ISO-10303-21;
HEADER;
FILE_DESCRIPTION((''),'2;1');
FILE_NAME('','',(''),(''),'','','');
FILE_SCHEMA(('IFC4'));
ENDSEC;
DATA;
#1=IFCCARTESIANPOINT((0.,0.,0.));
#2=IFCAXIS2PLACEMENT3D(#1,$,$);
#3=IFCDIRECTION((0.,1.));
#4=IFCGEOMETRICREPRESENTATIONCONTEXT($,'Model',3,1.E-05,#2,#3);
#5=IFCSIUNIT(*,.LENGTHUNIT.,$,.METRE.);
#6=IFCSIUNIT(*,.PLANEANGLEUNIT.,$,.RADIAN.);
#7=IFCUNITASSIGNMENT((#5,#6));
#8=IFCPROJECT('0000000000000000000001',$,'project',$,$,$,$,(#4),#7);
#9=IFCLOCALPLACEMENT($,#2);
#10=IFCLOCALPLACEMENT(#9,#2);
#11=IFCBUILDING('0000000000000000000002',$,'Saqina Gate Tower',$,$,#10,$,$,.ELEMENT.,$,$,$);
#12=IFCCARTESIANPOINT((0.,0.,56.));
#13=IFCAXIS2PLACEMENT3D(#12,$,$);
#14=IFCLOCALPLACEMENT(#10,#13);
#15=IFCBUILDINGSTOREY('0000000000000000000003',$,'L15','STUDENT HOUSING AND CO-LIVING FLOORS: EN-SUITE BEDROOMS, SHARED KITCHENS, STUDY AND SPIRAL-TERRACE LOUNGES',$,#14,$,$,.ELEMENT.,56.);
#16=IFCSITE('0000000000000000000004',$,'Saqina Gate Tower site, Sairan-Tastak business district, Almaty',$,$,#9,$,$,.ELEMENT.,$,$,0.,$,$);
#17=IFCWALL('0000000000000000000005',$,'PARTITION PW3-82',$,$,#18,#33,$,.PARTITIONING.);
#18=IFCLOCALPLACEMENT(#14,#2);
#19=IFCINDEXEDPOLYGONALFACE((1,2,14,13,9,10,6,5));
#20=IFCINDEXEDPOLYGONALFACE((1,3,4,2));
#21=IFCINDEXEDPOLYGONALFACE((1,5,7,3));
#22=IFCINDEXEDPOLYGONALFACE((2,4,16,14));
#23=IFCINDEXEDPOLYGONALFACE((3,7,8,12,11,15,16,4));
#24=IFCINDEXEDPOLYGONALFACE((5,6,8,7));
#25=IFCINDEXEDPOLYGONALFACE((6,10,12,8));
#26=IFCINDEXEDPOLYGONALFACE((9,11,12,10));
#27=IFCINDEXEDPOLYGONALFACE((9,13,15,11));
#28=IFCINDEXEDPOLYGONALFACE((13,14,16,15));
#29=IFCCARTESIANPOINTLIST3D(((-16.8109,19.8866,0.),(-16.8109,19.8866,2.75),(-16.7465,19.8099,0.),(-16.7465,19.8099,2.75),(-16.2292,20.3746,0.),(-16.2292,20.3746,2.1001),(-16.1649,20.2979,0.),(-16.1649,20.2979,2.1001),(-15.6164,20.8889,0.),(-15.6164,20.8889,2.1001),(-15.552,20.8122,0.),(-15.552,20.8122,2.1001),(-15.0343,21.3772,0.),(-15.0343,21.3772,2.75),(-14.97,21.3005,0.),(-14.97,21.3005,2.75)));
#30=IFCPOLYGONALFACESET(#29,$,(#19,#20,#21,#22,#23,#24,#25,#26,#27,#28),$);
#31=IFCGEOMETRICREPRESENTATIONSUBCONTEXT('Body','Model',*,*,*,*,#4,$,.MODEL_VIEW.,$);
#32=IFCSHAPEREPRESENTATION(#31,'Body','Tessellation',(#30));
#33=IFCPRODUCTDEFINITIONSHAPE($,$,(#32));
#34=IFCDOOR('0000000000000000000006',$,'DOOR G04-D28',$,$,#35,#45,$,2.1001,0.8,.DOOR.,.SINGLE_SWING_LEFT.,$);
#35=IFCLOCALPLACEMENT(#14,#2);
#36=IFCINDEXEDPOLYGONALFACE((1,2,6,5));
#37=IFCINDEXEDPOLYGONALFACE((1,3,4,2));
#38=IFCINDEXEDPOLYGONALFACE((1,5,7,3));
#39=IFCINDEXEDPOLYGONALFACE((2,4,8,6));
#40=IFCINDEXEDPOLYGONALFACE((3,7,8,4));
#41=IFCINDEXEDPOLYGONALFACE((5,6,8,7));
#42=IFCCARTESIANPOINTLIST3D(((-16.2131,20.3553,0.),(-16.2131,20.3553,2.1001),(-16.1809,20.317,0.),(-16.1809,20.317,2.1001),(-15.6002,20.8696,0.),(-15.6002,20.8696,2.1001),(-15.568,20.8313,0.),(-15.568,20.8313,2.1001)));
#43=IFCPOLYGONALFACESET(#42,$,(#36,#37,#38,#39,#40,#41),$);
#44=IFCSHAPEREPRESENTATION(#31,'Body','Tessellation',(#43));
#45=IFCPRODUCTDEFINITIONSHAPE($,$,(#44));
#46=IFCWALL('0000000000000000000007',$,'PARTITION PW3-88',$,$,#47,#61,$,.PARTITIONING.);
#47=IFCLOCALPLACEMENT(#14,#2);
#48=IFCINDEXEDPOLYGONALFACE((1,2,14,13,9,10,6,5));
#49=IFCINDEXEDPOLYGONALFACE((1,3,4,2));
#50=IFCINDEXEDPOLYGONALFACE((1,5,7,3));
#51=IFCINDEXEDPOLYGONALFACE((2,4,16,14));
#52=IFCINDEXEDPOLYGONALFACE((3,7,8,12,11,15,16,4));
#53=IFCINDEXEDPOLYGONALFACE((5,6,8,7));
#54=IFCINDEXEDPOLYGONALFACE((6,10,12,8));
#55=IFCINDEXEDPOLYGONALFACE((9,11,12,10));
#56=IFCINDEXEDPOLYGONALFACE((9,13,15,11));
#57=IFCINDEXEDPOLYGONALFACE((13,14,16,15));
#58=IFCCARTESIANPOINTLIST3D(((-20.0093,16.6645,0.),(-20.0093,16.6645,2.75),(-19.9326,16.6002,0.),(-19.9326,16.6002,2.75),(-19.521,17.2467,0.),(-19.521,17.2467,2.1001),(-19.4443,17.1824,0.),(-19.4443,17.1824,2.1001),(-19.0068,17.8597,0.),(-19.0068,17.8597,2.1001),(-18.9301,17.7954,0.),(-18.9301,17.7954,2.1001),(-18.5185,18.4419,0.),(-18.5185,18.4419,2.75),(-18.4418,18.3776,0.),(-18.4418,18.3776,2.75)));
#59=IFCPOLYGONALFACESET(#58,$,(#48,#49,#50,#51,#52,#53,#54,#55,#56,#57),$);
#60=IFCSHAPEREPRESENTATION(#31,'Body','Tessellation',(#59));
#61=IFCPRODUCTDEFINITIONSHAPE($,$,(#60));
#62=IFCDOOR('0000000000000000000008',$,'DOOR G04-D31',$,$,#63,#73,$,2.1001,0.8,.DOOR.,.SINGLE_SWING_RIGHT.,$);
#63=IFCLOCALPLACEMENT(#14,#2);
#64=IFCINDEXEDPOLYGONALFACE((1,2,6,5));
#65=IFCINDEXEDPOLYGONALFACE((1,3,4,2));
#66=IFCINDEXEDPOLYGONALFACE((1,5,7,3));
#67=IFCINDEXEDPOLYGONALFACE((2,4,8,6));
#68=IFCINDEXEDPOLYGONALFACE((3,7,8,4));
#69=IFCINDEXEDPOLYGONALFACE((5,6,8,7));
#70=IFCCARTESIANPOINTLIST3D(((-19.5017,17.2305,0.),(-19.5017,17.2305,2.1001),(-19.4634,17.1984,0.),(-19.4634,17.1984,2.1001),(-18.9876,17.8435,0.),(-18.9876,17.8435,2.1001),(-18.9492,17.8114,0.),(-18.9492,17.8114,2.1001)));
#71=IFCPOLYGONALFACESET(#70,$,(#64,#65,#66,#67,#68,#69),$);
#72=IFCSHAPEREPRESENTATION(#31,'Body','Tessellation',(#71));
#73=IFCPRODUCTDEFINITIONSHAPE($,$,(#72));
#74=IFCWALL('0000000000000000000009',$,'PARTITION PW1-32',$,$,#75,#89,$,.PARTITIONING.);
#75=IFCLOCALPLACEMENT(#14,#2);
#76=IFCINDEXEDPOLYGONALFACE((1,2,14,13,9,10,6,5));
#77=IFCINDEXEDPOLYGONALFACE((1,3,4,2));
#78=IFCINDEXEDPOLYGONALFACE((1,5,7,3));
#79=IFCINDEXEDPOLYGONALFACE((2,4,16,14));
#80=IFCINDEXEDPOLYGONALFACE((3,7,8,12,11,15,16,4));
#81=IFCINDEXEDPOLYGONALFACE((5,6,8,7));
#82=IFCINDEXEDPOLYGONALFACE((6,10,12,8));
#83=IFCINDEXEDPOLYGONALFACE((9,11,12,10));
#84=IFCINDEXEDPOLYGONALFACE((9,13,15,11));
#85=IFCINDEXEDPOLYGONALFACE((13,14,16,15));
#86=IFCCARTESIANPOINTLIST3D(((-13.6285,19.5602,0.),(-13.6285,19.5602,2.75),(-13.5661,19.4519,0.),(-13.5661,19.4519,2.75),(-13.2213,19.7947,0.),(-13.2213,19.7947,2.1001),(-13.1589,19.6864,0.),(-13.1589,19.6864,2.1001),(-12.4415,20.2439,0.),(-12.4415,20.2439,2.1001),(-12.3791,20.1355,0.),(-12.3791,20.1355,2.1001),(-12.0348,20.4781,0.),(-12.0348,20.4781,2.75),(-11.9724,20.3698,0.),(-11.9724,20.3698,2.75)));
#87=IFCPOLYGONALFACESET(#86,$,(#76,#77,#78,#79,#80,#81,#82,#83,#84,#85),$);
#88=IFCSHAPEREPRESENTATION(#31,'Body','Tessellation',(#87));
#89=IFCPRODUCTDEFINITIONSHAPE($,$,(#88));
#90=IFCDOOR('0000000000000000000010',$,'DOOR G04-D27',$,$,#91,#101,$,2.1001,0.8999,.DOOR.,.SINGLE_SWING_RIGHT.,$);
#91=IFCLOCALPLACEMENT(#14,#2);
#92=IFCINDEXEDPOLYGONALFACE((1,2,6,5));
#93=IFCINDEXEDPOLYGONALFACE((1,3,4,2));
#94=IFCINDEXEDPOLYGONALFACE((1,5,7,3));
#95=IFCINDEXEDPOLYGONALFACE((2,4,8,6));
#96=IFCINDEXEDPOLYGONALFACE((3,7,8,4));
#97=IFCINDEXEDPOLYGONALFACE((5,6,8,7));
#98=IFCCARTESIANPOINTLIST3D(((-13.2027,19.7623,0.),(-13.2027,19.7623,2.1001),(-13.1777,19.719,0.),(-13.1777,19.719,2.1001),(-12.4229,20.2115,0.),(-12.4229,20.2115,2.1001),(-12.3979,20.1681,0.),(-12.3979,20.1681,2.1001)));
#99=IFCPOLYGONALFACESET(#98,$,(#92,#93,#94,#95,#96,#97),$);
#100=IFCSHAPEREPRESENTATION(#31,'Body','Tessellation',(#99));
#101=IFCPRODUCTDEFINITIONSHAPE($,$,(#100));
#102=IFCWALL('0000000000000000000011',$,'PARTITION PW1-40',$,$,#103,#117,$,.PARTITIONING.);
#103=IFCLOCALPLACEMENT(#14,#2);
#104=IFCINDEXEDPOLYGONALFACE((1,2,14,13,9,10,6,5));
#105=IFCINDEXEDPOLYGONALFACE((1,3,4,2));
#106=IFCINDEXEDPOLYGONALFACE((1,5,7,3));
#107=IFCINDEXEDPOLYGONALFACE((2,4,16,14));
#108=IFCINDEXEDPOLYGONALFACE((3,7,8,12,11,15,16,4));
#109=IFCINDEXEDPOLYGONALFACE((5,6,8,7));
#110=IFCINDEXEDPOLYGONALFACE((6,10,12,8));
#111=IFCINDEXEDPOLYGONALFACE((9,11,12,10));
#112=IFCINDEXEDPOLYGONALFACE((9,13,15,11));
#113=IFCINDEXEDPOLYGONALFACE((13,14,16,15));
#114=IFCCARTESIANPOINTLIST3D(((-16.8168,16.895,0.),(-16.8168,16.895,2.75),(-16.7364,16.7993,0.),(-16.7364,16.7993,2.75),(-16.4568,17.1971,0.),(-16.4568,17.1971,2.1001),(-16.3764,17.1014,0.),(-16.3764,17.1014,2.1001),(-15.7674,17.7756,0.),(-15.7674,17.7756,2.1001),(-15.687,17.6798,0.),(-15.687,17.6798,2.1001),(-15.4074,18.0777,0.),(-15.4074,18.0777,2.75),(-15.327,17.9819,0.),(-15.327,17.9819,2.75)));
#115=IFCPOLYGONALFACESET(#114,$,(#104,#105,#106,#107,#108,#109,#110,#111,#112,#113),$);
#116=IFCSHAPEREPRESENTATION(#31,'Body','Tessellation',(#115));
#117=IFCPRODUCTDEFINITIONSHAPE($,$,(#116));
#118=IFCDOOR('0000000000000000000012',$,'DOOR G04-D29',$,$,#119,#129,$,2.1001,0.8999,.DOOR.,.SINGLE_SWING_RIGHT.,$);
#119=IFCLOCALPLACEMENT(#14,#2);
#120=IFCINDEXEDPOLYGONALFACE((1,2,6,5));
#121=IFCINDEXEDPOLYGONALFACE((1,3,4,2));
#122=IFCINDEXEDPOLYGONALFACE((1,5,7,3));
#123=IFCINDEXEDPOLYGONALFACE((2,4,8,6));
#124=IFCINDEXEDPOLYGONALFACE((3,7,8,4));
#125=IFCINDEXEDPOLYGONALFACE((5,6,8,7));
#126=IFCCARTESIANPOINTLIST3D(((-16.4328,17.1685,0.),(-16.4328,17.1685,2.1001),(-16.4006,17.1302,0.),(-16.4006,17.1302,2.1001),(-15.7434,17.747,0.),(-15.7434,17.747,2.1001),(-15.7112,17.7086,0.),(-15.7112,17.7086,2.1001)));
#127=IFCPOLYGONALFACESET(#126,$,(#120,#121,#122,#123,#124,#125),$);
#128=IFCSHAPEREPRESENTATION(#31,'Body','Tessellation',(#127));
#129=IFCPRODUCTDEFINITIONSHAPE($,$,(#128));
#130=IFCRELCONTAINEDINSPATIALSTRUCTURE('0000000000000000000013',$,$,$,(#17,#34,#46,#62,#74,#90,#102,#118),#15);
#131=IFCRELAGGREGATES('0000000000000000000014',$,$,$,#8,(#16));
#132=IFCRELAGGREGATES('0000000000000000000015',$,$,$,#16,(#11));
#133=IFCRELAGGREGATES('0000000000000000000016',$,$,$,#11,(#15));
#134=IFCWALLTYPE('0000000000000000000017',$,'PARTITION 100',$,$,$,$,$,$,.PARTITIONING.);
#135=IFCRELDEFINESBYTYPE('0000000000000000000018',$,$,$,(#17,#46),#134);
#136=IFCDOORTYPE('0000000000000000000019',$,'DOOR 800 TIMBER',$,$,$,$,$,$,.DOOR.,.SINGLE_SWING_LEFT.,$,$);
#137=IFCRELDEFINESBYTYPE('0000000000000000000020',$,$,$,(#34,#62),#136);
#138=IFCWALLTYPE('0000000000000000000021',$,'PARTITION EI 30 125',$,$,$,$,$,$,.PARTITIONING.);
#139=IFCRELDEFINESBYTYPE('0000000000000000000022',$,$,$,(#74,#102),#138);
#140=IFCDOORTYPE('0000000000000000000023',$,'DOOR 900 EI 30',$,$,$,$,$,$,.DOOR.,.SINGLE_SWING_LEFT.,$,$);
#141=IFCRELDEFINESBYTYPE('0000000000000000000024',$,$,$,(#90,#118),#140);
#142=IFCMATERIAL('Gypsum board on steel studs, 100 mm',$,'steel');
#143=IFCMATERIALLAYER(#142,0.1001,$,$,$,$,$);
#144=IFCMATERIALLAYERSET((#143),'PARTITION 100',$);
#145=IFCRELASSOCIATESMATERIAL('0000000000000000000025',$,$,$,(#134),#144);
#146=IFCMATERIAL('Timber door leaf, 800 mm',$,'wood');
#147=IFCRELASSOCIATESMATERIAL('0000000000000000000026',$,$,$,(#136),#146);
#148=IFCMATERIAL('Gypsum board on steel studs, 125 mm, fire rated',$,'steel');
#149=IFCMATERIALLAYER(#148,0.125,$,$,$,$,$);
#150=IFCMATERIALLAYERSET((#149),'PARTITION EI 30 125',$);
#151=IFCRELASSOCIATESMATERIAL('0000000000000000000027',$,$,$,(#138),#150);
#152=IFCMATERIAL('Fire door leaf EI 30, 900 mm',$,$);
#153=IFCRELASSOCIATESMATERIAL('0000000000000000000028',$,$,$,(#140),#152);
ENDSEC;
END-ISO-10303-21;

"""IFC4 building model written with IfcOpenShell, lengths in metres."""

from ifc_helpers import new_model, si_unit, direction, frame, frame_2d, origin, place, context, subcontext, project, spatial, rectangle, extrude, material, layer, layer_set, type_object, element, fill, save


model = new_model("IFC4")

# Units and contexts
model_context = context("Model", 3, precision=1e-05, world=origin(), true_north=direction((0.0, 1.0)))
body_context = subcontext(model_context, "Body", "Model", "MODEL_VIEW")
ifc_project = project(units=[si_unit("LENGTHUNIT", "METRE"), si_unit("PLANEANGLEUNIT", "RADIAN")], contexts=[model_context])

# Site, building, storey
site_placement = place(None, origin())
site = spatial("IfcSite", under=ifc_project, at=site_placement, Name="Saqina Gate Tower site, Sairan-Tastak business district, Almaty", CompositionType="ELEMENT", RefElevation=0.0)
building_placement = place(site_placement, origin())
building = spatial("IfcBuilding", under=site, at=building_placement, Name="Saqina Gate Tower", CompositionType="ELEMENT")
storey_placement = place(building_placement, frame((0.0, 0.0, 56.0)))
storey = spatial("IfcBuildingStorey", under=building, at=storey_placement, Name="L15", Description="STUDENT HOUSING AND CO-LIVING FLOORS: EN-SUITE BEDROOMS, SHARED KITCHENS, STUDY AND SPIRAL-TERRACE LOUNGES", CompositionType="ELEMENT", Elevation=56.0)

# Shared definitions
ifc_material_1 = material(Name="Gypsum board on steel studs, 100 mm", Category="steel")
ifc_layer_1 = layer(ifc_material_1, 0.1001)
ifc_layer_set_1 = layer_set([ifc_layer_1], Name="PARTITION 100")
wall_type_1 = type_object("IfcWallType", Name="PARTITION 100", PredefinedType="PARTITIONING", material=ifc_layer_set_1)

# Walls, openings, doors
wall_1_placement = place(storey_placement, frame((-16.7788, 19.8481, 0.0), z_axis=(0.0, 0.0, 1.0), x_axis=(0.766051, 0.64278, 0.0)))
wall_1 = element("IfcWall", 1, at=wall_1_placement, inside=storey, type_object=wall_type_1, Name="PARTITION PW3-82", PredefinedType="PARTITIONING", context=body_context, shape_type="SweptSolid", body=[
    extrude(rectangle(XDim=2.3191, YDim=0.1001, at=frame_2d((1.1597, 0.0))), origin(), (0.0, 0.0, 1.0), 2.75),
])
opening_1_placement = place(wall_1_placement, frame((0.7595, 0.0, 0.0)))
opening_1 = element("IfcOpeningElement", 2, at=opening_1_placement, cuts=wall_1, PredefinedType="OPENING", context=body_context, shape_type="SweptSolid", body=[
    extrude(rectangle(XDim=0.8, YDim=2.1001, at=frame_2d((0.3999, 1.05))), frame((0.0, 0.062, 0.0), z_axis=(0.0, -1.0, 0.0), x_axis=(1.0, 0.0, 0.0)), (0.0, 0.0, 1.0), 0.124),
])
ifc_material_2 = material(Name="Timber door leaf, 800 mm", Category="wood")
door_type_1 = type_object("IfcDoorType", Name="DOOR 800 TIMBER", OperationType="SINGLE_SWING_LEFT", PredefinedType="DOOR", material=ifc_material_2)
door_1_placement = place(opening_1_placement, origin())
door_1 = element("IfcDoor", 3, at=door_1_placement, inside=storey, type_object=door_type_1, Name="DOOR G04-D28", OperationType="SINGLE_SWING_LEFT", OverallHeight=2.1001, OverallWidth=0.8, PredefinedType="DOOR", context=body_context, shape_type="SweptSolid", body=[
    extrude(rectangle(XDim=0.8, YDim=2.1001, at=frame_2d((0.3999, 1.05))), frame((0.0, 0.0249, 0.0), z_axis=(0.0, -1.0, 0.0), x_axis=(1.0, 0.0, 0.0)), (0.0, 0.0, 1.0), 0.05),
])
fill(opening_1, door_1)
wall_2_placement = place(storey_placement, frame((-19.9709, 16.6323, 0.0), z_axis=(0.0, 0.0, 1.0), x_axis=(0.642624, 0.766182, 0.0)))
wall_2 = element("IfcWall", 4, at=wall_2_placement, inside=storey, type_object=wall_type_1, Name="PARTITION PW3-88", PredefinedType="PARTITIONING", context=body_context, shape_type="SweptSolid", body=[
    extrude(rectangle(XDim=2.3198, YDim=0.1001, at=frame_2d((1.1599, 0.0))), origin(), (0.0, 0.0, 1.0), 2.75),
])
opening_2_placement = place(wall_2_placement, frame((0.76, 0.0, 0.0)))
opening_2 = element("IfcOpeningElement", 5, at=opening_2_placement, cuts=wall_2, PredefinedType="OPENING", context=body_context, shape_type="SweptSolid", body=[
    extrude(rectangle(XDim=0.8, YDim=2.1001, at=frame_2d((0.3999, 1.05))), frame((0.0, 0.062, 0.0), z_axis=(0.0, -1.0, 0.0), x_axis=(1.0, 0.0, 0.0)), (0.0, 0.0, 1.0), 0.124),
])
door_2_placement = place(opening_2_placement, origin())
door_2 = element("IfcDoor", 6, at=door_2_placement, inside=storey, type_object=door_type_1, Name="DOOR G04-D31", OperationType="SINGLE_SWING_RIGHT", OverallHeight=2.1001, OverallWidth=0.8, PredefinedType="DOOR", context=body_context, shape_type="SweptSolid", body=[
    extrude(rectangle(XDim=0.8, YDim=2.1001, at=frame_2d((0.3999, 1.05))), frame((0.0, 0.0249, 0.0), z_axis=(0.0, -1.0, 0.0), x_axis=(1.0, 0.0, 0.0)), (0.0, 0.0, 1.0), 0.05),
])
fill(opening_2, door_2)
ifc_material_3 = material(Name="Gypsum board on steel studs, 125 mm, fire rated", Category="steel")
ifc_layer_2 = layer(ifc_material_3, 0.125)
ifc_layer_set_2 = layer_set([ifc_layer_2], Name="PARTITION EI 30 125")
wall_type_2 = type_object("IfcWallType", Name="PARTITION EI 30 125", PredefinedType="PARTITIONING", material=ifc_layer_set_2)
wall_3_placement = place(storey_placement, frame((-13.5972, 19.5061, 0.0), z_axis=(0.0, 0.0, 1.0), x_axis=(0.866539, 0.499109, 0.0)))
wall_3 = element("IfcWall", 7, at=wall_3_placement, inside=storey, type_object=wall_type_2, Name="PARTITION PW1-32", PredefinedType="PARTITIONING", context=body_context, shape_type="SweptSolid", body=[
    extrude(rectangle(XDim=1.8391, YDim=0.125, at=frame_2d((0.9194, 0.0))), origin(), (0.0, 0.0, 1.0), 2.75),
])
opening_3_placement = place(wall_3_placement, frame((0.4697, 0.0, 0.0)))
opening_3 = element("IfcOpeningElement", 8, at=opening_3_placement, cuts=wall_3, PredefinedType="OPENING", context=body_context, shape_type="SweptSolid", body=[
    extrude(rectangle(XDim=0.8999, YDim=2.1001, at=frame_2d((0.45, 1.05))), frame((0.0, 0.0745, 0.0), z_axis=(0.0, -1.0, 0.0), x_axis=(1.0, 0.0, 0.0)), (0.0, 0.0, 1.0), 0.1489),
])
ifc_material_4 = material(Name="Fire door leaf EI 30, 900 mm")
door_type_2 = type_object("IfcDoorType", Name="DOOR 900 EI 30", OperationType="SINGLE_SWING_LEFT", PredefinedType="DOOR", material=ifc_material_4)
door_3_placement = place(opening_3_placement, frame((0.8999, 0.0, 0.0), z_axis=(0.0, 0.0, 1.0), x_axis=(-1.0, 0.0, 0.0)))
door_3 = element("IfcDoor", 9, at=door_3_placement, inside=storey, type_object=door_type_2, Name="DOOR G04-D27", OperationType="SINGLE_SWING_RIGHT", OverallHeight=2.1001, OverallWidth=0.8999, PredefinedType="DOOR", context=body_context, shape_type="SweptSolid", body=[
    extrude(rectangle(XDim=0.8999, YDim=2.1001, at=frame_2d((0.45, 1.05))), frame((0.0, 0.0249, 0.0), z_axis=(0.0, -1.0, 0.0), x_axis=(1.0, 0.0, 0.0)), (0.0, 0.0, 1.0), 0.05),
])
fill(opening_3, door_3)
wall_4_placement = place(storey_placement, frame((-16.7766, 16.8472, 0.0), z_axis=(0.0, 0.0, 1.0), x_axis=(0.766052, 0.642778, 0.0)))
wall_4 = element("IfcWall", 10, at=wall_4_placement, inside=storey, type_object=wall_type_2, Name="PARTITION PW1-40", PredefinedType="PARTITIONING", context=body_context, shape_type="SweptSolid", body=[
    extrude(rectangle(XDim=1.8398, YDim=0.125, at=frame_2d((0.9199, 0.0))), origin(), (0.0, 0.0, 1.0), 2.75),
])
opening_4_placement = place(wall_4_placement, frame((0.47, 0.0, 0.0)))
opening_4 = element("IfcOpeningElement", 11, at=opening_4_placement, cuts=wall_4, PredefinedType="OPENING", context=body_context, shape_type="SweptSolid", body=[
    extrude(rectangle(XDim=0.8999, YDim=2.1001, at=frame_2d((0.45, 1.05))), frame((0.0, 0.0745, 0.0), z_axis=(0.0, -1.0, 0.0), x_axis=(1.0, 0.0, 0.0)), (0.0, 0.0, 1.0), 0.1489),
])
door_4_placement = place(opening_4_placement, frame((0.8999, 0.0, 0.0), z_axis=(0.0, 0.0, 1.0), x_axis=(-1.0, 0.0, 0.0)))
door_4 = element("IfcDoor", 12, at=door_4_placement, inside=storey, type_object=door_type_2, Name="DOOR G04-D29", OperationType="SINGLE_SWING_RIGHT", OverallHeight=2.1001, OverallWidth=0.8999, PredefinedType="DOOR", context=body_context, shape_type="SweptSolid", body=[
    extrude(rectangle(XDim=0.8999, YDim=2.1001, at=frame_2d((0.45, 1.05))), frame((0.0, 0.0249, 0.0), z_axis=(0.0, -1.0, 0.0), x_axis=(1.0, 0.0, 0.0)), (0.0, 0.0, 1.0), 0.05),
])
fill(opening_4, door_4)

save(model, "model.ifc")
